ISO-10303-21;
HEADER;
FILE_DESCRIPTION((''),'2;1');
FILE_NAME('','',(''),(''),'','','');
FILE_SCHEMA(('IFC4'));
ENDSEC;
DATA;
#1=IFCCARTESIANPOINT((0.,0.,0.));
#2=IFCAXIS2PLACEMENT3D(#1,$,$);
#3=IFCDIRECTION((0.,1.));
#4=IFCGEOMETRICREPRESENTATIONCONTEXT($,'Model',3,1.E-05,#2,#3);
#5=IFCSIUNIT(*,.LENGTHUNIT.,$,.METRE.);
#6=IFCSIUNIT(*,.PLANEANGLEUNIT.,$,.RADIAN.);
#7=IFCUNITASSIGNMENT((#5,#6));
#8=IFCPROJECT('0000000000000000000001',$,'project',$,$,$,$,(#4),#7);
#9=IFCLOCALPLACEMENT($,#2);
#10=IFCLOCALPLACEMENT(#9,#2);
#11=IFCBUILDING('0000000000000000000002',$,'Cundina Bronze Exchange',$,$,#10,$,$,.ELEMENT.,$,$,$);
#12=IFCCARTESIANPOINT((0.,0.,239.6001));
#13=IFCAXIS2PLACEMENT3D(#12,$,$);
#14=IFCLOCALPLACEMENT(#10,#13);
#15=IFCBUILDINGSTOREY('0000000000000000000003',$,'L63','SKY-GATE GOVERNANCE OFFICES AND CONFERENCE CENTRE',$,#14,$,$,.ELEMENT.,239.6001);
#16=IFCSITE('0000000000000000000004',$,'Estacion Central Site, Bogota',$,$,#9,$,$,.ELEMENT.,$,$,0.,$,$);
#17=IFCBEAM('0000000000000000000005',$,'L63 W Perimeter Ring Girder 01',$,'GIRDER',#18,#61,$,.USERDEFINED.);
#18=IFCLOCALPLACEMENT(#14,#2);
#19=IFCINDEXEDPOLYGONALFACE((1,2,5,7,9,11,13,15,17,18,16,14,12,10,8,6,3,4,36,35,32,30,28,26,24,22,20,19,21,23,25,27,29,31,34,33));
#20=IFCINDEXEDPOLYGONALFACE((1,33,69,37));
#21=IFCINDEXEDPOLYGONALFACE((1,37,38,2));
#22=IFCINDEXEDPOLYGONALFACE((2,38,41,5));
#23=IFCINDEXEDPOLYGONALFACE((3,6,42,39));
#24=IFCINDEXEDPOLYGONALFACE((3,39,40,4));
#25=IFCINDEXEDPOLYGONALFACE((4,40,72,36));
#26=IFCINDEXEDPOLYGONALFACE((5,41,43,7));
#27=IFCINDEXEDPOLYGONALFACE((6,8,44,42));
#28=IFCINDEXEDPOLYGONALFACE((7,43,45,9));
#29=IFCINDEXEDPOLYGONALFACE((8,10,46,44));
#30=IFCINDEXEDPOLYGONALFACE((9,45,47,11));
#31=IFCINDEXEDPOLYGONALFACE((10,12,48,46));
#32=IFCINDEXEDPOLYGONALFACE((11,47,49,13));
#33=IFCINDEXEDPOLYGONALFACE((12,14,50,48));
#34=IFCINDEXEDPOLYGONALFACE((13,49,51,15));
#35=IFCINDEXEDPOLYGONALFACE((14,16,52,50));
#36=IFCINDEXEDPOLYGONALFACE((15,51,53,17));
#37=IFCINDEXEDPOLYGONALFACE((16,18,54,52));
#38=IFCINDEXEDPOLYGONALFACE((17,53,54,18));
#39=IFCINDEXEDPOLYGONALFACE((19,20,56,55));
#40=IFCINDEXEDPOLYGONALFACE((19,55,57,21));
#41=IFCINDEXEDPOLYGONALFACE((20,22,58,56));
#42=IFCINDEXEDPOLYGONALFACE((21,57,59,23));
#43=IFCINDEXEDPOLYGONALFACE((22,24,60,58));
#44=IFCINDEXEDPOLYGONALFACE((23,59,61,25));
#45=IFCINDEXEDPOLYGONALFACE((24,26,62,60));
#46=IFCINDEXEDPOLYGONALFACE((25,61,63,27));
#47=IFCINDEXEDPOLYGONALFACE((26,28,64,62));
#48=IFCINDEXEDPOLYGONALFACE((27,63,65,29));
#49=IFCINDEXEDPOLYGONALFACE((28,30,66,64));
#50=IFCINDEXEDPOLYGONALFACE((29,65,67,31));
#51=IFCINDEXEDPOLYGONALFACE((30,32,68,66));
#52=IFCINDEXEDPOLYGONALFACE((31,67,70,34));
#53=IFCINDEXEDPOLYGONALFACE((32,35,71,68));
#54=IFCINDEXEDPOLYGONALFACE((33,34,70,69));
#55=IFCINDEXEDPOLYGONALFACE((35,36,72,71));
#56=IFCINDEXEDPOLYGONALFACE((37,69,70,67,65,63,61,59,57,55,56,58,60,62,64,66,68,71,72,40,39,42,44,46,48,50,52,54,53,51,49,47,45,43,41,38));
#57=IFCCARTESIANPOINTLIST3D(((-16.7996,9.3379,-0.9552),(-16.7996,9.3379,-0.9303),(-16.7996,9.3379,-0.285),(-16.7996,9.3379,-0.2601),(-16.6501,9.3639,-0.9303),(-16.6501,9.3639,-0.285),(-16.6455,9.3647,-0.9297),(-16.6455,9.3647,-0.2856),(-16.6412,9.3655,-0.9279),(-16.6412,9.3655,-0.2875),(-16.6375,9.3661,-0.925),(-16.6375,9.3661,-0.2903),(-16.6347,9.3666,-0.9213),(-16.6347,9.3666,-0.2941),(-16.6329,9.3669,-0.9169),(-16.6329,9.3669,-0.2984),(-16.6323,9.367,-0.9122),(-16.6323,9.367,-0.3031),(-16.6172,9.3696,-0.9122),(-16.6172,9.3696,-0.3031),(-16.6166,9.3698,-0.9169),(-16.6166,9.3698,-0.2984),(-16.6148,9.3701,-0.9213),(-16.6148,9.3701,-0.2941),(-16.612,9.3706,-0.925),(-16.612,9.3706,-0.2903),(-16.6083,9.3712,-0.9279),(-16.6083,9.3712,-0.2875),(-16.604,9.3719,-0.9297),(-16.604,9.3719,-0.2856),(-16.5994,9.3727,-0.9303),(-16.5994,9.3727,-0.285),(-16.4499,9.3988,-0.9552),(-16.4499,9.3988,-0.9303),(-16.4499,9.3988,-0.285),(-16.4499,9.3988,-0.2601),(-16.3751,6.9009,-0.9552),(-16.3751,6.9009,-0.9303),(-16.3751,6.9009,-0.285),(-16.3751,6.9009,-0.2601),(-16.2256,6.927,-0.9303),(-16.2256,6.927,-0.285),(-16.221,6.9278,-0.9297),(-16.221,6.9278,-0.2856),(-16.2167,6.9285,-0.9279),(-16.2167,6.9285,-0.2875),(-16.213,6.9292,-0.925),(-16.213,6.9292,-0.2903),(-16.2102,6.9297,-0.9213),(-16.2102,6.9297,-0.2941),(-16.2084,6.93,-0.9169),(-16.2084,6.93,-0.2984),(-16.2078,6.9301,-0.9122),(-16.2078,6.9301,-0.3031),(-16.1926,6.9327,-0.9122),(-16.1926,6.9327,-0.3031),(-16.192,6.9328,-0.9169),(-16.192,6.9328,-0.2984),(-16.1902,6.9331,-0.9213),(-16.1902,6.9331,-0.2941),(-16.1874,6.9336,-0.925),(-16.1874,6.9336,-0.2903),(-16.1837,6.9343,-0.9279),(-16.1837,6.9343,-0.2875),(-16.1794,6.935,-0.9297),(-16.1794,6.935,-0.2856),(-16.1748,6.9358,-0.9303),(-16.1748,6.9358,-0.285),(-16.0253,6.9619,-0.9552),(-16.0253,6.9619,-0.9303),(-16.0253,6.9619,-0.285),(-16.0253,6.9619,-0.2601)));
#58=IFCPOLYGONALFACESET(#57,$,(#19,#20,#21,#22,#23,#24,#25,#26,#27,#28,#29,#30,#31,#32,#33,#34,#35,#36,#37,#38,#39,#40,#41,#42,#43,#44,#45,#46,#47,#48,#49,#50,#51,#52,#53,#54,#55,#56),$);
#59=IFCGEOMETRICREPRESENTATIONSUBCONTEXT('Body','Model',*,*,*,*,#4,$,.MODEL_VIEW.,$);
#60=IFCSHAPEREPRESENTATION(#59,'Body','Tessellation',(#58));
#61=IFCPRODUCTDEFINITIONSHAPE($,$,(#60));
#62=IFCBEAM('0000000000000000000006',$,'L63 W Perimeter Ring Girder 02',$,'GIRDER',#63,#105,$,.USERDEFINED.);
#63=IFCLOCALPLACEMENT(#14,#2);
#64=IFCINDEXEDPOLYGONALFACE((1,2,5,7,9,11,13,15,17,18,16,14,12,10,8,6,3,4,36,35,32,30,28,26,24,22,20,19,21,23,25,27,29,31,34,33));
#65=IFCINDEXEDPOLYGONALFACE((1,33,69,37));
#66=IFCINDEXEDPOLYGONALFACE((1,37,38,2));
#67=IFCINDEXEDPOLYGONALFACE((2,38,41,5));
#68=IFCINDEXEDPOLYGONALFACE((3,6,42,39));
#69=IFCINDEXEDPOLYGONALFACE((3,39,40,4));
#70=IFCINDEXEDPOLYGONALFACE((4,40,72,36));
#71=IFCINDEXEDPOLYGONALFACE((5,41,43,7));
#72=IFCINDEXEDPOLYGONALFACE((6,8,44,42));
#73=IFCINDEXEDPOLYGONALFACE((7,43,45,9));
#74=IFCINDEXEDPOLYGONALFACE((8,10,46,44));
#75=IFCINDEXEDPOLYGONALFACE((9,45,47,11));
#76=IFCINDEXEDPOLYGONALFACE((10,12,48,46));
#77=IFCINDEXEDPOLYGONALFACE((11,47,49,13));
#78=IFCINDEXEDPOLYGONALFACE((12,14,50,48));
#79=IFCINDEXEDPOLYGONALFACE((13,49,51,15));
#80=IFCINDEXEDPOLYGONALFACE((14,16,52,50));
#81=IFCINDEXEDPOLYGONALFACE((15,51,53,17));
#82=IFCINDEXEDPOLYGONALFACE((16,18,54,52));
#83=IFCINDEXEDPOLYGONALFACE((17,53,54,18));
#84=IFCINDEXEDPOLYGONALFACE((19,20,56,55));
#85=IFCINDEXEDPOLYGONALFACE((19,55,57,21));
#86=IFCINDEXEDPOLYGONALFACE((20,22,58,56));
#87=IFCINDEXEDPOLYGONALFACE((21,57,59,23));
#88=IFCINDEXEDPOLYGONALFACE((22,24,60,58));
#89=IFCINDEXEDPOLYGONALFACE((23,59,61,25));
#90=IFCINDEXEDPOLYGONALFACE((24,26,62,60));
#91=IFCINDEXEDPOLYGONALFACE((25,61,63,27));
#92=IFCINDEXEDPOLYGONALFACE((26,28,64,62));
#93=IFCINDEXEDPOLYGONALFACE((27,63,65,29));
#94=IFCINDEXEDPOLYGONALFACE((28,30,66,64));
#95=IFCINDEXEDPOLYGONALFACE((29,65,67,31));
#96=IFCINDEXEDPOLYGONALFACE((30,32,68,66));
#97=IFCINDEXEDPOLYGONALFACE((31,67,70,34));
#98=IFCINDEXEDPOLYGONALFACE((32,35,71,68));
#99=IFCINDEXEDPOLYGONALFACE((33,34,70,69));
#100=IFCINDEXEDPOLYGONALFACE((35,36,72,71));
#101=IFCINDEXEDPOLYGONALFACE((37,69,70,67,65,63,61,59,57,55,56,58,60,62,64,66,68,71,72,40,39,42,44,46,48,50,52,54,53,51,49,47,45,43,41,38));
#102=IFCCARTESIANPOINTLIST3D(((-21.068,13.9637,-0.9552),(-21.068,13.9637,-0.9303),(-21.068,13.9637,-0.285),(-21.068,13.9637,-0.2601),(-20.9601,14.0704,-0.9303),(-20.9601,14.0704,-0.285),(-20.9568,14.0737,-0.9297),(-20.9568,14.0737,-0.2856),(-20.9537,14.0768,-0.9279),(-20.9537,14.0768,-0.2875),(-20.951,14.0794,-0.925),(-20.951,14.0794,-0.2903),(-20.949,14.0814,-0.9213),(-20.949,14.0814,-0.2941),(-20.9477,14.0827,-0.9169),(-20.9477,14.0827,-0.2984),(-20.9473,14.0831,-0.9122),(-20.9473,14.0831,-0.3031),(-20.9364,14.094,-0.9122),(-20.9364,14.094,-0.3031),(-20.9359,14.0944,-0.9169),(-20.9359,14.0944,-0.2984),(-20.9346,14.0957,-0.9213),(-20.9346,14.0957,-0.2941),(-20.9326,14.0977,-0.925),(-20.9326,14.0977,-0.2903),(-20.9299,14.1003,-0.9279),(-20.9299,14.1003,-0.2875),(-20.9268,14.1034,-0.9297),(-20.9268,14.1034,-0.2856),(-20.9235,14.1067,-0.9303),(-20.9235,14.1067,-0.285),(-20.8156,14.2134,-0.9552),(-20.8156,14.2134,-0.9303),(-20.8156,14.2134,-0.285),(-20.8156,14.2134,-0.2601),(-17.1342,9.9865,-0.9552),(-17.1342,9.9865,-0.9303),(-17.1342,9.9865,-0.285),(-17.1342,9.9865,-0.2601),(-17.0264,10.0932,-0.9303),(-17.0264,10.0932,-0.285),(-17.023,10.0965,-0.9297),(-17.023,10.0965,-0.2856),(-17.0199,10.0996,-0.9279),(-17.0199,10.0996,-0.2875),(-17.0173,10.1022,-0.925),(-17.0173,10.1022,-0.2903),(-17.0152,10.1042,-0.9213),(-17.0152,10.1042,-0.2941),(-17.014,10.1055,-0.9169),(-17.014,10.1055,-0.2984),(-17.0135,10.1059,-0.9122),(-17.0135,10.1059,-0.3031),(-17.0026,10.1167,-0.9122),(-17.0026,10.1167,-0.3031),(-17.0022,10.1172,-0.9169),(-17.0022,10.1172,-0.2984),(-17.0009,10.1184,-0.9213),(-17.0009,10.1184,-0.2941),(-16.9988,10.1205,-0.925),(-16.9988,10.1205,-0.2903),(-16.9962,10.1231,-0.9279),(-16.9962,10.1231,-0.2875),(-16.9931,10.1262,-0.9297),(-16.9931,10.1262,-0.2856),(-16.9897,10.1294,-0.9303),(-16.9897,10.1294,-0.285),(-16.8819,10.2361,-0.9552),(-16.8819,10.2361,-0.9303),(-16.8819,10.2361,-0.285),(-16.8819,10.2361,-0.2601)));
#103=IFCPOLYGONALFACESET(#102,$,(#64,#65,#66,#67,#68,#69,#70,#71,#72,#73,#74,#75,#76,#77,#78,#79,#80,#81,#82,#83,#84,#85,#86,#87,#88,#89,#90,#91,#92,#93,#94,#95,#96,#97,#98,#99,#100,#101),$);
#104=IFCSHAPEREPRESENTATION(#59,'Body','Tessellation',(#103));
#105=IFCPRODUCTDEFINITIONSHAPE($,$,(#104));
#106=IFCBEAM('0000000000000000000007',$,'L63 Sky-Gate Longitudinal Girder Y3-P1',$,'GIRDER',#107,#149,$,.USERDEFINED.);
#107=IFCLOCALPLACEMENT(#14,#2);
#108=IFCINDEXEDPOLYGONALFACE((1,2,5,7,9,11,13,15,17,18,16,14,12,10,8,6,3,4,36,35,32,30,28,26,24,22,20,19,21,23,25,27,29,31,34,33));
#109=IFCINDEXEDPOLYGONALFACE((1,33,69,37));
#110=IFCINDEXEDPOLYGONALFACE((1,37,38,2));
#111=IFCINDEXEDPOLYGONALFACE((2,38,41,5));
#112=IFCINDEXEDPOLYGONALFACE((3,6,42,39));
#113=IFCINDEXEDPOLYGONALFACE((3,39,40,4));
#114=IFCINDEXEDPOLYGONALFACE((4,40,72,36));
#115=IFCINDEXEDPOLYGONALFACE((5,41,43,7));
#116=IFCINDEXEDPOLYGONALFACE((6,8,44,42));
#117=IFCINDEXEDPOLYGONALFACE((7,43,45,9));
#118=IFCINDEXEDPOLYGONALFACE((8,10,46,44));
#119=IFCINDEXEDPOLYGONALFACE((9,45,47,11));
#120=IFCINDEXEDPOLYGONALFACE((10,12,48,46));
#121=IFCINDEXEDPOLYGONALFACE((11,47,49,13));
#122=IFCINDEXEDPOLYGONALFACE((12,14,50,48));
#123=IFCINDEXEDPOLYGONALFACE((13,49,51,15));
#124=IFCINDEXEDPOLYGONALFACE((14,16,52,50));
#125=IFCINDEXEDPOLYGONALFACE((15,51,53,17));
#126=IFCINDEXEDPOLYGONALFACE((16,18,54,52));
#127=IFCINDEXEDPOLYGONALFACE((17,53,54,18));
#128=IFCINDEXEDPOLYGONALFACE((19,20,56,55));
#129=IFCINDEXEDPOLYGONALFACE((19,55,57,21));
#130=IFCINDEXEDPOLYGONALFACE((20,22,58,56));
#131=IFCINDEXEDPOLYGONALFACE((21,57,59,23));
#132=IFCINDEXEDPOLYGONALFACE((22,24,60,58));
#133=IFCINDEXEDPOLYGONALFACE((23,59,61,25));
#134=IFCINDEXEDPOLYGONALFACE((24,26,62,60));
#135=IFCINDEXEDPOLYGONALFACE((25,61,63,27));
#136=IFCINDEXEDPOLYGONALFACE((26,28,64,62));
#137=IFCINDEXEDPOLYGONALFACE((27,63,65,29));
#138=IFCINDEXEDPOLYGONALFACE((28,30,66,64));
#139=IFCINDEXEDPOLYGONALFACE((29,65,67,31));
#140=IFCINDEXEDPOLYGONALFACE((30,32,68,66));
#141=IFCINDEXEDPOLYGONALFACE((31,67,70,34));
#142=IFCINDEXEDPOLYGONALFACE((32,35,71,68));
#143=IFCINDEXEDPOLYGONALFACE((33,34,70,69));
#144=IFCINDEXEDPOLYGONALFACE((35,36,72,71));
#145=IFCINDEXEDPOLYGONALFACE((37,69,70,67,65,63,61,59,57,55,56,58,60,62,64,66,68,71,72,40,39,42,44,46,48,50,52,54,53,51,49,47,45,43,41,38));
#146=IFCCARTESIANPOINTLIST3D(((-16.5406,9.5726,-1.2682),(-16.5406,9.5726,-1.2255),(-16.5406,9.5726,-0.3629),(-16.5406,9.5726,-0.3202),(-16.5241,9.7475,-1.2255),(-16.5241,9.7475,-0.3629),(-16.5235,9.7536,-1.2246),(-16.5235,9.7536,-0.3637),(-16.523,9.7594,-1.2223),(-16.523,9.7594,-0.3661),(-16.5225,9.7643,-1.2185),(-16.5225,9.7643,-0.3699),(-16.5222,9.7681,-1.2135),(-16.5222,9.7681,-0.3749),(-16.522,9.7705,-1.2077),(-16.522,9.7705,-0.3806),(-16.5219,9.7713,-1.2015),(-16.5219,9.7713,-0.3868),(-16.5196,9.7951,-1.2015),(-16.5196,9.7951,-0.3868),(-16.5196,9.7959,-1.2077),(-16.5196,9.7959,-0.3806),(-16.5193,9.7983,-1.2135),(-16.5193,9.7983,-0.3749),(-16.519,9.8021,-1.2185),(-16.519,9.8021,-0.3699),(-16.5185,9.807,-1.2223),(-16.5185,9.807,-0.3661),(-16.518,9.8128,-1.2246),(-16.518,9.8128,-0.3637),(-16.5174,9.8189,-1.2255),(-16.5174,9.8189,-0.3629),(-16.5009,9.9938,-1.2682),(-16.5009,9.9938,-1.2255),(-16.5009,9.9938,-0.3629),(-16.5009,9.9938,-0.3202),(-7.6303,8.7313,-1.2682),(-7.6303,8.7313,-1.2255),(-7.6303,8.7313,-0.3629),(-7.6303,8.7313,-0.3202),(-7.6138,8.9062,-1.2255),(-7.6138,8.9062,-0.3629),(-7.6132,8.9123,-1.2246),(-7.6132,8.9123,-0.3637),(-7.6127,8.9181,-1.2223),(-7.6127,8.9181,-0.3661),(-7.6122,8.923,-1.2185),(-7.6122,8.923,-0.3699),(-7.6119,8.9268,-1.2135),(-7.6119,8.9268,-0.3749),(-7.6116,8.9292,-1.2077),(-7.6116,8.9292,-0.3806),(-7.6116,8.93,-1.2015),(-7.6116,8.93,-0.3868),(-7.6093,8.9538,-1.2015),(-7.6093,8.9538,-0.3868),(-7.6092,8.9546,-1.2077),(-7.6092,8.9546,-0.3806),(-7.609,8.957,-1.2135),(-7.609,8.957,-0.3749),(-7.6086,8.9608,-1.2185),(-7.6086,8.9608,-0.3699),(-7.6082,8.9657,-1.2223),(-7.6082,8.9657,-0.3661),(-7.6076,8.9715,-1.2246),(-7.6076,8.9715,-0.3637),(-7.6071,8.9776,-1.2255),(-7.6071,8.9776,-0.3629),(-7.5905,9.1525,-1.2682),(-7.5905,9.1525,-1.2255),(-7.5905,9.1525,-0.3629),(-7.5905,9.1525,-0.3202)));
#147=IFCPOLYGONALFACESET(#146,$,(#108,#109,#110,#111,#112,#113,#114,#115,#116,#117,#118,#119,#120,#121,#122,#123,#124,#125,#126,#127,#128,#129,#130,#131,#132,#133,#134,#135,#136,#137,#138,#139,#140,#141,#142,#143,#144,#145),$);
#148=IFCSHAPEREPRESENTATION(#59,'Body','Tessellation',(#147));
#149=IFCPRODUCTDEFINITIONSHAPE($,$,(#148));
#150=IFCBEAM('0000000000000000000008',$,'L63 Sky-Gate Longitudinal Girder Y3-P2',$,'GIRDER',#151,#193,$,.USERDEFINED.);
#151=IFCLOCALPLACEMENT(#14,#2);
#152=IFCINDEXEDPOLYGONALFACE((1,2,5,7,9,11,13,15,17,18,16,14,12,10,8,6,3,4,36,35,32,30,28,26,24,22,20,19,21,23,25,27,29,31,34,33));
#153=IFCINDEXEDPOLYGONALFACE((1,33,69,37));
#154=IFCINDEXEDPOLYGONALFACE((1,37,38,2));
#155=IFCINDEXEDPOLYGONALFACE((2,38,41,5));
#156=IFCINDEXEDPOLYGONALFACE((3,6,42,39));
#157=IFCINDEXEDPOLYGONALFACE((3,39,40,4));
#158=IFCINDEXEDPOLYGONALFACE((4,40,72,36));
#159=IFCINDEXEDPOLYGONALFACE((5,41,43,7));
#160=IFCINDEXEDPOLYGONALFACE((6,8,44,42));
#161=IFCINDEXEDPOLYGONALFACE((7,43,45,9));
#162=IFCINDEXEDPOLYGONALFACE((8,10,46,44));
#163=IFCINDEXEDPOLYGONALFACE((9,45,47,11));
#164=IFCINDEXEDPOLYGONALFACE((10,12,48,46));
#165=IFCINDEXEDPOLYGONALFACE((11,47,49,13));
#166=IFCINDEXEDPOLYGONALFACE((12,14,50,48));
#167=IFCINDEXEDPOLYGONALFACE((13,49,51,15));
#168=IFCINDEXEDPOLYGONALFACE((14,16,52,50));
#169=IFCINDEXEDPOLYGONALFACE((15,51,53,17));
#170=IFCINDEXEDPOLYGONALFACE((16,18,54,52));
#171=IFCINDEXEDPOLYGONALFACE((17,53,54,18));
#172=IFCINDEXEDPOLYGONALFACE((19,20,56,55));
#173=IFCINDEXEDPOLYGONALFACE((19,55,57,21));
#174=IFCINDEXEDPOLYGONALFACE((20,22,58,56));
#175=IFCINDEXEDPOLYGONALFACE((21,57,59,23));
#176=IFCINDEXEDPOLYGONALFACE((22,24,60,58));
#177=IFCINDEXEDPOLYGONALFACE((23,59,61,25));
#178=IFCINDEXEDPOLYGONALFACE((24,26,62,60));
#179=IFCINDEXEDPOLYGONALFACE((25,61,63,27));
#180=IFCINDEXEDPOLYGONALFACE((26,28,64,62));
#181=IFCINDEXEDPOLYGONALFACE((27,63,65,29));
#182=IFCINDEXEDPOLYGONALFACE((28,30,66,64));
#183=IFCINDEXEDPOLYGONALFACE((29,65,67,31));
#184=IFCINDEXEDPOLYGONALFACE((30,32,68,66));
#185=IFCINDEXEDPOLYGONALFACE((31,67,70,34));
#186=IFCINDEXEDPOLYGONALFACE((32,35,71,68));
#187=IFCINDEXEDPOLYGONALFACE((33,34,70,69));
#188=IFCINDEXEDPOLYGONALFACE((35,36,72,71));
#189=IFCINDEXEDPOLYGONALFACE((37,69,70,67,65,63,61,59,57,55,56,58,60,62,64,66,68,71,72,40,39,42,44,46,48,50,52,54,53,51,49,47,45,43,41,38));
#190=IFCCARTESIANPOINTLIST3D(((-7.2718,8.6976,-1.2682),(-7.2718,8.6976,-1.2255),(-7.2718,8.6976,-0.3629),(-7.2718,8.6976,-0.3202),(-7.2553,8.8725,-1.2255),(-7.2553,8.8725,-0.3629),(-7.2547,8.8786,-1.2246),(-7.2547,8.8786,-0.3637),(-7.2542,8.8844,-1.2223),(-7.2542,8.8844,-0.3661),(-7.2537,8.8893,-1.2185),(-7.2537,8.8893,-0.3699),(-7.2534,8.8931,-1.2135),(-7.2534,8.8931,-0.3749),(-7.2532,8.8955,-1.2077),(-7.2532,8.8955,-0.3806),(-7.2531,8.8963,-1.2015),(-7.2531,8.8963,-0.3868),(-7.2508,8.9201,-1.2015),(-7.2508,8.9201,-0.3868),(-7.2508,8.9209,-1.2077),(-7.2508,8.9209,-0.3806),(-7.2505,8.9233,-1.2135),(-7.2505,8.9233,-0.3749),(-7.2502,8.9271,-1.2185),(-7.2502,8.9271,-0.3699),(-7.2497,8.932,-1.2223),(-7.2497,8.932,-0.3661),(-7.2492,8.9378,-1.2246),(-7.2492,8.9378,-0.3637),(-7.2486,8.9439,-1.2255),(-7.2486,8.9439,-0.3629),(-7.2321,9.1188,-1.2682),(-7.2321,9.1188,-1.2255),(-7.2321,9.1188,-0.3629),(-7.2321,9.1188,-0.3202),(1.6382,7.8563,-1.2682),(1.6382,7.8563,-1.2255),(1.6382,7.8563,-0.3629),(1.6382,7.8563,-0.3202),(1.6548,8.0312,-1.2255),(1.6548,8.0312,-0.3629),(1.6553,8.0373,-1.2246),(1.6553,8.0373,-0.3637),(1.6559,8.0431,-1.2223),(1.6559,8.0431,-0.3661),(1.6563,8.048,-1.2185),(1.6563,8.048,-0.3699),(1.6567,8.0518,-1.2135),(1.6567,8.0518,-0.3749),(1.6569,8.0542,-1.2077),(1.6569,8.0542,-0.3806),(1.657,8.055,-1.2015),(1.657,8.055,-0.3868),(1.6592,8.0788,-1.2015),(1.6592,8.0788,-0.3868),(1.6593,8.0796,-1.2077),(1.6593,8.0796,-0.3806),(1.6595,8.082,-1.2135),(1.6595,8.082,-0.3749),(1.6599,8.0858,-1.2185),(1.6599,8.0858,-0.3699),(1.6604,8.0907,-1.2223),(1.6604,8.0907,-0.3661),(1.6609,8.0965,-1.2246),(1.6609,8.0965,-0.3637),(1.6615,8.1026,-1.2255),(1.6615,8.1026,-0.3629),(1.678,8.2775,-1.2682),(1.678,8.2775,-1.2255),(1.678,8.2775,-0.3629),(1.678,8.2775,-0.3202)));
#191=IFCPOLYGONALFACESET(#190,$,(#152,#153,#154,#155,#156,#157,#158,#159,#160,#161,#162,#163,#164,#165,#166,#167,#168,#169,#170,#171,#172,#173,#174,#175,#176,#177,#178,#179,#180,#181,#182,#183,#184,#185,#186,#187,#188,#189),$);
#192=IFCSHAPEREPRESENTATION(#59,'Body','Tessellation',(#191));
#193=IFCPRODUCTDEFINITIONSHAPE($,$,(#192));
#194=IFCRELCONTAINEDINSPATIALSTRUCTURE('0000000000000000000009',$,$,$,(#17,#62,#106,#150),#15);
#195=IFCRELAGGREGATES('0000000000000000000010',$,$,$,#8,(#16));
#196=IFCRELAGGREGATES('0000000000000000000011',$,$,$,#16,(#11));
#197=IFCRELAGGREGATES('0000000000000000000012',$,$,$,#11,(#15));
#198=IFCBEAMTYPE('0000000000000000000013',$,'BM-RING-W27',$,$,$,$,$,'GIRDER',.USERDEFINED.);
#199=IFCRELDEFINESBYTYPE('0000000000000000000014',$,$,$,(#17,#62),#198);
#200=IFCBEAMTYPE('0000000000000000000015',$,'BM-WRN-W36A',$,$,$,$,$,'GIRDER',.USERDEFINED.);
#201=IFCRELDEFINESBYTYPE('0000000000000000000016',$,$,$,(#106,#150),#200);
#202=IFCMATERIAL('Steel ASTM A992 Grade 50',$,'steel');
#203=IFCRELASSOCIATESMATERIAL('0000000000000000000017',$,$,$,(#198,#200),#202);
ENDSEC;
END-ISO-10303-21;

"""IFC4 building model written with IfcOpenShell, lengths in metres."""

from ifc_helpers import new_model, si_unit, direction, frame, origin, origin_2d, place, context, subcontext, project, spatial, i_section, extrude, material, material_profile, profile_set, type_object, element, save


model = new_model("IFC4")

# Units and contexts
model_context = context("Model", 3, precision=1e-05, world=origin(), true_north=direction((0.0, 1.0)))
body_context = subcontext(model_context, "Body", "Model", "MODEL_VIEW")
ifc_project = project(units=[si_unit("LENGTHUNIT", "METRE"), si_unit("PLANEANGLEUNIT", "RADIAN")], contexts=[model_context])

# Site, building, storey
site_placement = place(None, origin())
site = spatial("IfcSite", under=ifc_project, at=site_placement, Name="Estacion Central Site, Bogota", CompositionType="ELEMENT", RefElevation=0.0)
building_placement = place(site_placement, origin())
building = spatial("IfcBuilding", under=site, at=building_placement, Name="Cundina Bronze Exchange", CompositionType="ELEMENT")
storey_placement = place(building_placement, frame((0.0, 0.0, 239.6001)))
storey = spatial("IfcBuildingStorey", under=building, at=storey_placement, Name="L63", Description="SKY-GATE GOVERNANCE OFFICES AND CONFERENCE CENTRE", CompositionType="ELEMENT", Elevation=239.6001)

# Shared definitions
ifc_material_1 = material(Name="Steel ASTM A992 Grade 50", Category="steel")

# Beams
ifc_material_profile_1 = material_profile(ifc_material_1, i_section(OverallWidth=0.355, OverallDepth=0.6951, WebThickness=0.0154, FlangeThickness=0.0249, FilletRadius=0.0181, at=origin_2d()), Name="W27X146", Category="steel")
ifc_profile_set_1 = profile_set([ifc_material_profile_1], Name="Steel ASTM A992 Grade 50")
beam_type_1 = type_object("IfcBeamType", Name="BM-RING-W27", ElementType="GIRDER", PredefinedType="USERDEFINED", material=ifc_profile_set_1)
beam_1_placement = place(storey_placement, frame((-16.2002, 6.9314, -0.6077), z_axis=(-0.171629, 0.985162, 0.0), x_axis=(-0.985162, -0.171629, 0.0)))
element("IfcBeam", 1, at=beam_1_placement, inside=storey, type_object=beam_type_1, Name="L63 W Perimeter Ring Girder 01", ObjectType="GIRDER", PredefinedType="USERDEFINED", context=body_context, shape_type="SweptSolid", body=[
    extrude(i_section(OverallWidth=0.355, OverallDepth=0.6951, WebThickness=0.0154, FlangeThickness=0.0249, FilletRadius=0.0181, at=origin_2d()), origin(), (0.0, 0.0, 1.0), 2.4736),
])
beam_2_placement = place(storey_placement, frame((-17.0081, 10.1113, -0.6077), z_axis=(-0.703212, 0.71098, 0.0), x_axis=(-0.71098, -0.703212, 0.0)))
element("IfcBeam", 2, at=beam_2_placement, inside=storey, type_object=beam_type_1, Name="L63 W Perimeter Ring Girder 02", ObjectType="GIRDER", PredefinedType="USERDEFINED", context=body_context, shape_type="SweptSolid", body=[
    extrude(i_section(OverallWidth=0.355, OverallDepth=0.6951, WebThickness=0.0154, FlangeThickness=0.0249, FilletRadius=0.0181, at=origin_2d()), origin(), (0.0, 0.0, 1.0), 5.594),
])
ifc_material_profile_2 = material_profile(ifc_material_1, i_section(OverallWidth=0.4231, OverallDepth=0.948, WebThickness=0.0239, FlangeThickness=0.0427, FilletRadius=0.0239, at=origin_2d()), Name="W36X302", Category="steel")
ifc_profile_set_2 = profile_set([ifc_material_profile_2], Name="Steel ASTM A992 Grade 50")
beam_type_2 = type_object("IfcBeamType", Name="BM-WRN-W36A", ElementType="GIRDER", PredefinedType="USERDEFINED", material=ifc_profile_set_2)
beam_3_placement = place(storey_placement, frame((-16.5208, 9.7832, -0.7942), z_axis=(0.995572, -0.094001, 0.0), x_axis=(0.094001, 0.995572, 0.0)))
element("IfcBeam", 3, at=beam_3_placement, inside=storey, type_object=beam_type_2, Name="L63 Sky-Gate Longitudinal Girder Y3-P1", ObjectType="GIRDER", PredefinedType="USERDEFINED", context=body_context, shape_type="SweptSolid", body=[
    extrude(i_section(OverallWidth=0.4231, OverallDepth=0.948, WebThickness=0.0239, FlangeThickness=0.0427, FilletRadius=0.0239, at=origin_2d()), origin(), (0.0, 0.0, 1.0), 8.95),
])
beam_4_placement = place(storey_placement, frame((-7.252, 8.9082, -0.7942), z_axis=(0.995572, -0.094003, 0.0), x_axis=(0.094003, 0.995572, 0.0)))
element("IfcBeam", 4, at=beam_4_placement, inside=storey, type_object=beam_type_2, Name="L63 Sky-Gate Longitudinal Girder Y3-P2", ObjectType="GIRDER", PredefinedType="USERDEFINED", context=body_context, shape_type="SweptSolid", body=[
    extrude(i_section(OverallWidth=0.4231, OverallDepth=0.948, WebThickness=0.0239, FlangeThickness=0.0427, FilletRadius=0.0239, at=origin_2d()), origin(), (0.0, 0.0, 1.0), 8.9497),
])

save(model, "model.ifc")
